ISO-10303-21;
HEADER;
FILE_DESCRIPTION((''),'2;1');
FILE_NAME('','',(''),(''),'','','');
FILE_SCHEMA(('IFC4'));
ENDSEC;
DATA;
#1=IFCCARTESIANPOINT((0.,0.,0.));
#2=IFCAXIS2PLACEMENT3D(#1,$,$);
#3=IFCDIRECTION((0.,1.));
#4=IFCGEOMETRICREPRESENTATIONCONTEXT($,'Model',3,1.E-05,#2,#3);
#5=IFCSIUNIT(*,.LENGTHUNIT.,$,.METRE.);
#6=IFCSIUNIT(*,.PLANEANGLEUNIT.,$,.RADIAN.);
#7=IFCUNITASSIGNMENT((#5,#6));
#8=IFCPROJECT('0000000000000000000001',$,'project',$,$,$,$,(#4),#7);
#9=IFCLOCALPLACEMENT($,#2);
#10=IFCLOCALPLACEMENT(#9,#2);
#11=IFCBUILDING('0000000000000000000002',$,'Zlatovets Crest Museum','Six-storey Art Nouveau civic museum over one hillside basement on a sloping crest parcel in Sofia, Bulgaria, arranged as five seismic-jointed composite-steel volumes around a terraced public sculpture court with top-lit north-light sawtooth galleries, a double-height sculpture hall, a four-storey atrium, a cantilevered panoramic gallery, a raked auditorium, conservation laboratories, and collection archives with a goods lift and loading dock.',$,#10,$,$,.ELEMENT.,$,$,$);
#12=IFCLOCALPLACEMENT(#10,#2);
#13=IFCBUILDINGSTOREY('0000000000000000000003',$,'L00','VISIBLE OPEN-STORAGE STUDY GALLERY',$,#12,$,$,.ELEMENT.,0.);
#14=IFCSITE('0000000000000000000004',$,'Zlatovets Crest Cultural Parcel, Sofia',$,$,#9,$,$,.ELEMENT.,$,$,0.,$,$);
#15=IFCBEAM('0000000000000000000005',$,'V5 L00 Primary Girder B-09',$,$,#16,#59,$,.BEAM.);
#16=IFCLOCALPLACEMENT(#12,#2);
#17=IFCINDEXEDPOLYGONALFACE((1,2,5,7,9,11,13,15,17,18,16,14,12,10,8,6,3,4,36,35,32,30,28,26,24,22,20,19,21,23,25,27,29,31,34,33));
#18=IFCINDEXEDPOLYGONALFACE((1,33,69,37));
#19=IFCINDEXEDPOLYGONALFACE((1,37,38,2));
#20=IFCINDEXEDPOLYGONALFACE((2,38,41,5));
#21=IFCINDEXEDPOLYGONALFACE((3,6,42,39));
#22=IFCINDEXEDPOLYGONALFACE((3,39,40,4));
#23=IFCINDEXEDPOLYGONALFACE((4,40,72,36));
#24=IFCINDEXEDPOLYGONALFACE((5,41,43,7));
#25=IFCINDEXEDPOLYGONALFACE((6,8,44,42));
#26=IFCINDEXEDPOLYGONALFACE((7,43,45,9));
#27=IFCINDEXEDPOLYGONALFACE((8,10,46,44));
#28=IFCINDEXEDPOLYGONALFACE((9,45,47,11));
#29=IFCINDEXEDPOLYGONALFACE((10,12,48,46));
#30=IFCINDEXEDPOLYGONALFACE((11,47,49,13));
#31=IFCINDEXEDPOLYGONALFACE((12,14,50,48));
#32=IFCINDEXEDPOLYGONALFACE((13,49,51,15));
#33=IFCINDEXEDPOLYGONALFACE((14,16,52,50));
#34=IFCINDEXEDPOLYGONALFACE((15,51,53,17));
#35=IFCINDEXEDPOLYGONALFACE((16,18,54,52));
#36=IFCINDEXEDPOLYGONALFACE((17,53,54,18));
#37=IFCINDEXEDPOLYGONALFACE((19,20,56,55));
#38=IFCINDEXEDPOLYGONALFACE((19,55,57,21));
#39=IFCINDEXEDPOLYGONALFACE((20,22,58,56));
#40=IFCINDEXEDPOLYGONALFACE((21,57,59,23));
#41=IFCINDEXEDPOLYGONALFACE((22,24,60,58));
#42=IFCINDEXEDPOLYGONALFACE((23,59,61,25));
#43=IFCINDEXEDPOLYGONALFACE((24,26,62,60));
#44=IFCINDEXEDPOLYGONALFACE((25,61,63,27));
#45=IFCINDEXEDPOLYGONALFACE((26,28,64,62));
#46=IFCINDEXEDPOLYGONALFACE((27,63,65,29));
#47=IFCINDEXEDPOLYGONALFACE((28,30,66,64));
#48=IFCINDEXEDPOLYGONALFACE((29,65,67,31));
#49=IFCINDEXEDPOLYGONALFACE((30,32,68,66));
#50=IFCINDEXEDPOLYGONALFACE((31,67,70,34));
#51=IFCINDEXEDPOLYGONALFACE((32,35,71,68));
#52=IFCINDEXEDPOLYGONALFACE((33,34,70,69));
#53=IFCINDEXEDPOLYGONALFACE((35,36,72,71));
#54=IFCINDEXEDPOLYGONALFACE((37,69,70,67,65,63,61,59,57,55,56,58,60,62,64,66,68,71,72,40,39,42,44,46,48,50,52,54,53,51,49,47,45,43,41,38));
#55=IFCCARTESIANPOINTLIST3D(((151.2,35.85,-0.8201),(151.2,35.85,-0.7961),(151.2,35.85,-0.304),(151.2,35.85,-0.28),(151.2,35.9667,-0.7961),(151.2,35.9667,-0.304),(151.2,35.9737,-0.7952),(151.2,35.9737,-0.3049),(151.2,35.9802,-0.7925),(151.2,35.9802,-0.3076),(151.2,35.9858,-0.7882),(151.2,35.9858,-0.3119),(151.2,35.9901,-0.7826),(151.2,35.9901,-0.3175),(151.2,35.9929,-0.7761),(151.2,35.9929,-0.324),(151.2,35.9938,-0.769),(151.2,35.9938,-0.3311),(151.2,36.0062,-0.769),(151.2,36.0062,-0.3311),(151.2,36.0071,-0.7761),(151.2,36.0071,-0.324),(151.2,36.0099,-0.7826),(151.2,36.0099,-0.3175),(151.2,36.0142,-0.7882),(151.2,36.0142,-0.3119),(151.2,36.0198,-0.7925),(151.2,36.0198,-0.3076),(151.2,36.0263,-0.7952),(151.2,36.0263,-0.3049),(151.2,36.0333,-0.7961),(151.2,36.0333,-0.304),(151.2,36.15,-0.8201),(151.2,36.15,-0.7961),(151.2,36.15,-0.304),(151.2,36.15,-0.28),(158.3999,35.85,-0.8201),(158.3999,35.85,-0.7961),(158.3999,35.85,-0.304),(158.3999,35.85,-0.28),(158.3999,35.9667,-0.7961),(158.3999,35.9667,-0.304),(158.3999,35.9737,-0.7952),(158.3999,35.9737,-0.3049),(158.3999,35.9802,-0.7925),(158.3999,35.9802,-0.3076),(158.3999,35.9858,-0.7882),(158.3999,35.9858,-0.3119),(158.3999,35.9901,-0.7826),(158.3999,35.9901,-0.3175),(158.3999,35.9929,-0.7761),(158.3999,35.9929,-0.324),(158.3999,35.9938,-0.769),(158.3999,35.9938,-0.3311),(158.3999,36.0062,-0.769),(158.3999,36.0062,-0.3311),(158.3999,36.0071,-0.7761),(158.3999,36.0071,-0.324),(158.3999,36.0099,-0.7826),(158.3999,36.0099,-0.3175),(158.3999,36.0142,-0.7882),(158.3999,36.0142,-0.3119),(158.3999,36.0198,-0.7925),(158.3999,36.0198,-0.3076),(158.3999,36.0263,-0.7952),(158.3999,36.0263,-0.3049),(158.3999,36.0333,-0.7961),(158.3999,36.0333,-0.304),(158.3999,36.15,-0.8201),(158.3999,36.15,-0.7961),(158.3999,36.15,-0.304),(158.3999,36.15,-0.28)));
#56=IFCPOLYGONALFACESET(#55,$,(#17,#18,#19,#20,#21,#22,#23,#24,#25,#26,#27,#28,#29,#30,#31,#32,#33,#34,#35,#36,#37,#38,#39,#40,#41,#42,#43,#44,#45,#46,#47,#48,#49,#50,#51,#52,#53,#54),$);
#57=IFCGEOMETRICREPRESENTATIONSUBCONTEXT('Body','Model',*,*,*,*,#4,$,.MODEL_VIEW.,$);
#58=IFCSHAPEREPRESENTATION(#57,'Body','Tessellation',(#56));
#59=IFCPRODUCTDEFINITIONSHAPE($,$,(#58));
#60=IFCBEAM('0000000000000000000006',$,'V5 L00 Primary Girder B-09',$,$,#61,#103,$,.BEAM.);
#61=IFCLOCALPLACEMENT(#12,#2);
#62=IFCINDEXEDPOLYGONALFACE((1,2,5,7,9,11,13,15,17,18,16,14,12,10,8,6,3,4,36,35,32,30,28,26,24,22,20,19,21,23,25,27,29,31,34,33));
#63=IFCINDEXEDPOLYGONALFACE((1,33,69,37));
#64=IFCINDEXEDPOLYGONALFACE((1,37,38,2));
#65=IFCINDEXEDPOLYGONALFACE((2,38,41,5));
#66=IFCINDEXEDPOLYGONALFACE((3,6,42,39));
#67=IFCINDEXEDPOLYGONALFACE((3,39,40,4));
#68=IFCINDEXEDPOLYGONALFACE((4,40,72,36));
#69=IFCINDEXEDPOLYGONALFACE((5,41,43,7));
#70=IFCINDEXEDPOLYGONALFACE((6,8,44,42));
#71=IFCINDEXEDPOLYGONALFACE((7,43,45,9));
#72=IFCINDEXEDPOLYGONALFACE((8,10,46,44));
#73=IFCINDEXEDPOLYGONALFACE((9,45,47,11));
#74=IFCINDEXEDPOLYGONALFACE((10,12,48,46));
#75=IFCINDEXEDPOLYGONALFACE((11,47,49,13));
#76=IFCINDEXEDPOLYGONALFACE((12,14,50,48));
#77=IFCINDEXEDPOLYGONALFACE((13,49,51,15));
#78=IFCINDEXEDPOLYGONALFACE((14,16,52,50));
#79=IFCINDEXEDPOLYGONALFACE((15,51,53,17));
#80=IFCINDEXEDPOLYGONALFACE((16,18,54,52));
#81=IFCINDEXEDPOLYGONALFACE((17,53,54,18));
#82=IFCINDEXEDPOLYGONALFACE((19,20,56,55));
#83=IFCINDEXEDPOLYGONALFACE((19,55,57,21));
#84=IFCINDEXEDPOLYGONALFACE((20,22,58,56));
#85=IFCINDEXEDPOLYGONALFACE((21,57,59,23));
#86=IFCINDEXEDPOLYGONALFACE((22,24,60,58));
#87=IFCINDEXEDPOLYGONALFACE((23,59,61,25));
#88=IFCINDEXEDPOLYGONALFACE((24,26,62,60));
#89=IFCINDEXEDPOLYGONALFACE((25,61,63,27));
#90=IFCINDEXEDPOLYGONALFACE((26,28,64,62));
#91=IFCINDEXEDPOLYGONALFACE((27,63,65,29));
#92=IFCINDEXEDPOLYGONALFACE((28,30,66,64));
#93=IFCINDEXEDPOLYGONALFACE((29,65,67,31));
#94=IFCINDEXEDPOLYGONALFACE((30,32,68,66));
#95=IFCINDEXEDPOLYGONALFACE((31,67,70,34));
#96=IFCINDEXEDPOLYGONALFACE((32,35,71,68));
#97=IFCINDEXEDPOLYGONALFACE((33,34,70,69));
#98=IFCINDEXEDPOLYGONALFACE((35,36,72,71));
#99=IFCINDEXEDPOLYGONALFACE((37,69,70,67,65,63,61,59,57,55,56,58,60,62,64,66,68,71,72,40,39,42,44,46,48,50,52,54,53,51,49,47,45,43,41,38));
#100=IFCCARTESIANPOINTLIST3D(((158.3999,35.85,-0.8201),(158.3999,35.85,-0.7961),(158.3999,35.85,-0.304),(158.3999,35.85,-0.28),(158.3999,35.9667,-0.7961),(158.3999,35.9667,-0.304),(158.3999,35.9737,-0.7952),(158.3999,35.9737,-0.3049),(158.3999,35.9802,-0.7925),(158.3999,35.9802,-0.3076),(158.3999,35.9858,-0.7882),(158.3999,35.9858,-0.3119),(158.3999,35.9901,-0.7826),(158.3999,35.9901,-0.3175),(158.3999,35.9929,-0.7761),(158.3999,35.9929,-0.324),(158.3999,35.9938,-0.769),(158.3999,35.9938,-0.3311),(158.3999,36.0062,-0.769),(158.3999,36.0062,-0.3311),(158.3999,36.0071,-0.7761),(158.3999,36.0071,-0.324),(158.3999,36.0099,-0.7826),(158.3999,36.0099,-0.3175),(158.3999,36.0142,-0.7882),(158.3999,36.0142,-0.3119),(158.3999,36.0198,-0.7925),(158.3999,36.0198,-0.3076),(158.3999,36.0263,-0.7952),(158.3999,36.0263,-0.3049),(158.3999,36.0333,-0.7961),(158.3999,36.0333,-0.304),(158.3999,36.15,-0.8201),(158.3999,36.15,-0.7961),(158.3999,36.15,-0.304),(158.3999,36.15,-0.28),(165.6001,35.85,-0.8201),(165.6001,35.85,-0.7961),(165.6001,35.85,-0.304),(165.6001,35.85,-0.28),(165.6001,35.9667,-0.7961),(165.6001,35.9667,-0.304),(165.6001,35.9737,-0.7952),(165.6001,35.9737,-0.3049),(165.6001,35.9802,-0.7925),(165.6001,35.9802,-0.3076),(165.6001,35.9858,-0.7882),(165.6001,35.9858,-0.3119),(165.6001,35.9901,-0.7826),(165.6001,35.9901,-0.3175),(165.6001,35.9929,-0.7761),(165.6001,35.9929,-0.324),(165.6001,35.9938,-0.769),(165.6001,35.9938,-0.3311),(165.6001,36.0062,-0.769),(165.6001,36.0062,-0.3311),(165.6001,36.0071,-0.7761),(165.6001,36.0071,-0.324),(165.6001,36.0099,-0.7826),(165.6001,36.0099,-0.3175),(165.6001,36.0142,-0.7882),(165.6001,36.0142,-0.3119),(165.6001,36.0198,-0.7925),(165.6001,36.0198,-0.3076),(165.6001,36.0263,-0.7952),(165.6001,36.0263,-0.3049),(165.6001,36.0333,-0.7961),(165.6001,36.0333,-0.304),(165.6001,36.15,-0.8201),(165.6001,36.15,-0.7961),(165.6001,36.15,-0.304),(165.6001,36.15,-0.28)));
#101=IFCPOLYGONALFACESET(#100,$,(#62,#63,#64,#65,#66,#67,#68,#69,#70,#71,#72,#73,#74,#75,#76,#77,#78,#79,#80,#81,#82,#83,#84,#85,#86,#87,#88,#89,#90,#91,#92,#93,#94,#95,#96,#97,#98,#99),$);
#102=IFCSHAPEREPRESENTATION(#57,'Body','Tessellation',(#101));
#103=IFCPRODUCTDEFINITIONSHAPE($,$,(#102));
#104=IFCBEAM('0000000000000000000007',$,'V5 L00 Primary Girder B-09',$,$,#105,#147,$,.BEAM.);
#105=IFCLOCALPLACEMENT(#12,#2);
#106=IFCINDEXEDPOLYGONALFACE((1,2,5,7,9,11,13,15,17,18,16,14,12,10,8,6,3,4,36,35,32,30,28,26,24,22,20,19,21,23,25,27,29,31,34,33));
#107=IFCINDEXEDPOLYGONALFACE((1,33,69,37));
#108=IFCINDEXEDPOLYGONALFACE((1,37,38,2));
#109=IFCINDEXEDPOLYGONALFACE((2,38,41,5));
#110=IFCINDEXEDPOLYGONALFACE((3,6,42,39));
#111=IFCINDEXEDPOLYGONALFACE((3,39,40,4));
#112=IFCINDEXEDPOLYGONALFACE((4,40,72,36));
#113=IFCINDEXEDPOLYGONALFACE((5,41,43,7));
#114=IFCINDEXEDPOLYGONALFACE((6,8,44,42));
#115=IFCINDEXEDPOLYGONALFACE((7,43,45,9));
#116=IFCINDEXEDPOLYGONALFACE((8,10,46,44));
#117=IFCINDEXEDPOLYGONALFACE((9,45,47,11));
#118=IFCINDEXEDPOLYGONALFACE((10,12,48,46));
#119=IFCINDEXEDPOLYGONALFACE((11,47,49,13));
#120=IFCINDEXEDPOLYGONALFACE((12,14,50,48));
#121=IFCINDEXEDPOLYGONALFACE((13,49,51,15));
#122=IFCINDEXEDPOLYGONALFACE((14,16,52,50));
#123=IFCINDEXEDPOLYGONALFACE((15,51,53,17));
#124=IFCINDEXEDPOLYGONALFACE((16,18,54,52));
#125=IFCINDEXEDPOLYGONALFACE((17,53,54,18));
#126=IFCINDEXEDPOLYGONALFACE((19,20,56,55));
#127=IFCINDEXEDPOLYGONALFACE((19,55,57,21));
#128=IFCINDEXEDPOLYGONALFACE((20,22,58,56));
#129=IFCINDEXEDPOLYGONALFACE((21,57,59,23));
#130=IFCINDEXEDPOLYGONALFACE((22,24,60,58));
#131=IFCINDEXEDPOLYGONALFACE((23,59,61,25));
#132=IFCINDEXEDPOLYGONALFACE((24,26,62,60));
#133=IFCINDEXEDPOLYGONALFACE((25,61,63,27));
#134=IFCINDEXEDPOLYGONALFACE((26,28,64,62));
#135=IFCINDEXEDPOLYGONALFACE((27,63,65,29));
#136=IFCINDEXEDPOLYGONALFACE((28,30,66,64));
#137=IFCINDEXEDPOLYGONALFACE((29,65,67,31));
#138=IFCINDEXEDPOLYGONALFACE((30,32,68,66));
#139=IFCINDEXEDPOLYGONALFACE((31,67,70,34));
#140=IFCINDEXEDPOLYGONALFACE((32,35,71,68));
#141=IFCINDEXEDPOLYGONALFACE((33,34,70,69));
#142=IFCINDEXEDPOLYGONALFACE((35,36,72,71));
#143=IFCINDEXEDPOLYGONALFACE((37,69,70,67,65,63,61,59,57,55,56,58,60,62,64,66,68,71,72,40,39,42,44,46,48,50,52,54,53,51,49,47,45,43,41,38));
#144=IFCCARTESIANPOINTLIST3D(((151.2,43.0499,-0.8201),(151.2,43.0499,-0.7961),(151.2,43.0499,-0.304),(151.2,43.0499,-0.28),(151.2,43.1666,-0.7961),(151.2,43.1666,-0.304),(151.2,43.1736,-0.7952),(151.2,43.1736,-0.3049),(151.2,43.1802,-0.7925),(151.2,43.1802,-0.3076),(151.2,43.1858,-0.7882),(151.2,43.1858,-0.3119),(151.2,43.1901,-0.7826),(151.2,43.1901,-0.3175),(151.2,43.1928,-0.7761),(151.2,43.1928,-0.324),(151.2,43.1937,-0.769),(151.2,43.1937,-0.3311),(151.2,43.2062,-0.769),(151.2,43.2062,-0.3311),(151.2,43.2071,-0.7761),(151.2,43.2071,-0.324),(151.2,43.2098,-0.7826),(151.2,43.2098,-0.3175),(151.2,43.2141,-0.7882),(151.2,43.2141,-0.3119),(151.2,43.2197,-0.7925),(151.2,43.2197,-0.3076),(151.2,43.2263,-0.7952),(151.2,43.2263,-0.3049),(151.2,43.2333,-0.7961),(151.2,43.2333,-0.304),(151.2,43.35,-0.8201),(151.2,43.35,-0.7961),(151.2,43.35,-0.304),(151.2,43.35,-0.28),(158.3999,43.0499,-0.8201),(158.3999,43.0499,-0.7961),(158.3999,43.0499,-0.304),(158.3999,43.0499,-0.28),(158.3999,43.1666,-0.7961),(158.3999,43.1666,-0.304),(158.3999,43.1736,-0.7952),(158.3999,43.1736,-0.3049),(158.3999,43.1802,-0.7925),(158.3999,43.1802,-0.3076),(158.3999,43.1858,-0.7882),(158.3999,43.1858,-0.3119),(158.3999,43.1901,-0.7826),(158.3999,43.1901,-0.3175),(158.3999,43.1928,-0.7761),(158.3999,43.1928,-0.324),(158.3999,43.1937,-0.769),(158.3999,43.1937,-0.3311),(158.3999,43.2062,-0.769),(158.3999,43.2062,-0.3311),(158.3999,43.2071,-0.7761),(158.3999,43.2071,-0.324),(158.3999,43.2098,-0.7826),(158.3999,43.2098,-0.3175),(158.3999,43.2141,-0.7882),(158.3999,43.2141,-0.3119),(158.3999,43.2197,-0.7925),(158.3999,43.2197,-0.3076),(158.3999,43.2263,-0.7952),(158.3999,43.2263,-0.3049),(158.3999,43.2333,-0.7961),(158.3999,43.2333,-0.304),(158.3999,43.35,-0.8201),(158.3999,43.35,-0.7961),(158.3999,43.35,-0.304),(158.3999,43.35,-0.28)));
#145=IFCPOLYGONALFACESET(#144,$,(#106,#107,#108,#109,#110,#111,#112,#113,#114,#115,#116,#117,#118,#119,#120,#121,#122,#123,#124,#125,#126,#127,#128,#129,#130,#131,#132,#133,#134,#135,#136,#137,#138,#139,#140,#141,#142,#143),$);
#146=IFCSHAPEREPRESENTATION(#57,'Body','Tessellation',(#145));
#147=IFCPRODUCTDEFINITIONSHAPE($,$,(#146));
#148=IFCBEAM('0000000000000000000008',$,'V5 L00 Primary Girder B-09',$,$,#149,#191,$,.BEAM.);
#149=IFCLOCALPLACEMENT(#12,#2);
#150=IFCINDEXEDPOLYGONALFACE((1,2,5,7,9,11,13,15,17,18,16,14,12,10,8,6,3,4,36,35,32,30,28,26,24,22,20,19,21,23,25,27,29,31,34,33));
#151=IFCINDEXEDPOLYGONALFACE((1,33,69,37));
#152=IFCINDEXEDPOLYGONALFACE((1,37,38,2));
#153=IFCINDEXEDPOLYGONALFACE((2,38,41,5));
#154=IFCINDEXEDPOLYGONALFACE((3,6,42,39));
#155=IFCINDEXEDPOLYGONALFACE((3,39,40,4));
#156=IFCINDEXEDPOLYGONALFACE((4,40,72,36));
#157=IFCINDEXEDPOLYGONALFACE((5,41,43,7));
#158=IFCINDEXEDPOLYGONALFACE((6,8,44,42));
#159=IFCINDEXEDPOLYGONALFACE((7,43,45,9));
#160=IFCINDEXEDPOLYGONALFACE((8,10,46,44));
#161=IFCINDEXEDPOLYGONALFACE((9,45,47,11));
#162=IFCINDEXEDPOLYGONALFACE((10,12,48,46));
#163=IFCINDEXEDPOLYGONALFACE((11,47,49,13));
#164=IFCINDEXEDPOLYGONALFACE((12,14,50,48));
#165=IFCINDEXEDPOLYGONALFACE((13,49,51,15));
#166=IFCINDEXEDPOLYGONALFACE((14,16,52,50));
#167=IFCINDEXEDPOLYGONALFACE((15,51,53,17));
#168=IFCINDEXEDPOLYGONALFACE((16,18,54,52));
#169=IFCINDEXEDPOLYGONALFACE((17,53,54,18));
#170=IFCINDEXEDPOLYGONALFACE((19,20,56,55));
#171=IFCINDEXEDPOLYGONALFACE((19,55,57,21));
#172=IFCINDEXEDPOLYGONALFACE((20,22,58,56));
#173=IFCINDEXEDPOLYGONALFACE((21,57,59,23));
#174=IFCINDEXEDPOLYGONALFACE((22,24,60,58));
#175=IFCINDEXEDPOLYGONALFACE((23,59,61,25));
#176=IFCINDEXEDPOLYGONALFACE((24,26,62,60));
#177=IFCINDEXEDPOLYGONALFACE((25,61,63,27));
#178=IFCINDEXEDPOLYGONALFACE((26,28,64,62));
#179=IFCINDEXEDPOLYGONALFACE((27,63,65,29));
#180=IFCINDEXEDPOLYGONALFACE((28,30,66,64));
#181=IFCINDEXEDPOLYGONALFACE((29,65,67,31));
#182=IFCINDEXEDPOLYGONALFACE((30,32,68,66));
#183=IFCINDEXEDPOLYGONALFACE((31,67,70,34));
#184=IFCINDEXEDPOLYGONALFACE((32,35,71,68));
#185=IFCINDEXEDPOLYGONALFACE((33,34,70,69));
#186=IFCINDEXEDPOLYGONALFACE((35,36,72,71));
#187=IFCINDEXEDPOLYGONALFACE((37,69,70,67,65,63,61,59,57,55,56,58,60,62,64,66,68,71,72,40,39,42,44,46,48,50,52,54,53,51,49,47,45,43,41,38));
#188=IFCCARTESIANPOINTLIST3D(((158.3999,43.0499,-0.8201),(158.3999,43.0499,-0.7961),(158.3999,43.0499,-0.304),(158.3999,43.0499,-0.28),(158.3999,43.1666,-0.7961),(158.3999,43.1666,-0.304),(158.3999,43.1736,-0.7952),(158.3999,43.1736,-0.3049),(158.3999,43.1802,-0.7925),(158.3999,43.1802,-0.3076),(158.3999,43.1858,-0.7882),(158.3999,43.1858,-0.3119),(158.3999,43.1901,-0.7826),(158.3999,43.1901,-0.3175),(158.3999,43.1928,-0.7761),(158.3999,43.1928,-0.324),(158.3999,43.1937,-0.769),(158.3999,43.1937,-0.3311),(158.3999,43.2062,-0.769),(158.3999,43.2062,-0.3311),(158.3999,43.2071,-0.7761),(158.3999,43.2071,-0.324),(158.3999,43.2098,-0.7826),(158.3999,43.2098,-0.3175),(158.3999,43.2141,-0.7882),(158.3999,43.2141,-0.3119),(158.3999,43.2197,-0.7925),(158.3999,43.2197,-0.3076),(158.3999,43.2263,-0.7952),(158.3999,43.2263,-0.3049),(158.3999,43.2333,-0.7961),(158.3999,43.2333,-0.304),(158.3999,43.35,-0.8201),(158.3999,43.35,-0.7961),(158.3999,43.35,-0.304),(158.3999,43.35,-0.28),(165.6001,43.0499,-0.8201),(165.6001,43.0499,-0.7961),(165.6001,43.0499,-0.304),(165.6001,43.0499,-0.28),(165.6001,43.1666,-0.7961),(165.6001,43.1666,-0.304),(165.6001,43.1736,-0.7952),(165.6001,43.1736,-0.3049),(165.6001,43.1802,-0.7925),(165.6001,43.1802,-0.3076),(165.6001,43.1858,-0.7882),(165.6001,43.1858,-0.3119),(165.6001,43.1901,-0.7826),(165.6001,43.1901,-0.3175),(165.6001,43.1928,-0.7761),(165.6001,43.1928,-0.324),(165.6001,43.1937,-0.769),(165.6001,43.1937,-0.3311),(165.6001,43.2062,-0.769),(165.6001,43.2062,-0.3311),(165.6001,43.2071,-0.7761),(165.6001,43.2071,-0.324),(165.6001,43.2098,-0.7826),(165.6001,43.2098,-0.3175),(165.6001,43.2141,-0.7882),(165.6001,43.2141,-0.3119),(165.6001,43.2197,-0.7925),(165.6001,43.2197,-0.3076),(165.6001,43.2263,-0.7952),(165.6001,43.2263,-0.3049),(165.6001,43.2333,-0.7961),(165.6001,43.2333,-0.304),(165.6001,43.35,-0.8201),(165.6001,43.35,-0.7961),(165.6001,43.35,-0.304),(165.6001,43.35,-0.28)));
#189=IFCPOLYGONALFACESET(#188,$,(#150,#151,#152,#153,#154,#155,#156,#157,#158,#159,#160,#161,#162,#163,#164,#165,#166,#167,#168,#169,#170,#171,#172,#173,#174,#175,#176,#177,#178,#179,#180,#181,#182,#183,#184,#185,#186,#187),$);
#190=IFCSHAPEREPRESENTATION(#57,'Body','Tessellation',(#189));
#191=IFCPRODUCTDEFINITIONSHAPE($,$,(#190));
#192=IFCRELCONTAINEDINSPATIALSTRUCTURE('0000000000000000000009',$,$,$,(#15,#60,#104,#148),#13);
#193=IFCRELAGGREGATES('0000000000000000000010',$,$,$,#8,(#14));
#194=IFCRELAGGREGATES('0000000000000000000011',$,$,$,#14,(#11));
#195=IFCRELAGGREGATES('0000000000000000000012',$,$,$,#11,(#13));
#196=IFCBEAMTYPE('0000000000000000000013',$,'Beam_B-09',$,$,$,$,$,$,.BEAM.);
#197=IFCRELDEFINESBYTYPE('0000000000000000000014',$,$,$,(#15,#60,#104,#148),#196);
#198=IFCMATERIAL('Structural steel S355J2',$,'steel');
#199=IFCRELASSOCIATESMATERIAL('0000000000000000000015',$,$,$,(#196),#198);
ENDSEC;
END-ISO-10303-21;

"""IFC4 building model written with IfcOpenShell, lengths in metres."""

from ifc_helpers import new_model, si_unit, direction, frame, origin, origin_2d, place, context, subcontext, project, spatial, i_section, extrude, material, material_profile, profile_set, type_object, element, save


model = new_model("IFC4")

# Units and contexts
model_context = context("Model", 3, precision=1e-05, world=origin(), true_north=direction((0.0, 1.0)))
body_context = subcontext(model_context, "Body", "Model", "MODEL_VIEW")
ifc_project = project(units=[si_unit("LENGTHUNIT", "METRE"), si_unit("PLANEANGLEUNIT", "RADIAN")], contexts=[model_context])

# Site, building, storey
site_placement = place(None, origin())
site = spatial("IfcSite", under=ifc_project, at=site_placement, Name="Zlatovets Crest Cultural Parcel, Sofia", CompositionType="ELEMENT", RefElevation=0.0)
building_placement = place(site_placement, origin())
building = spatial("IfcBuilding", under=site, at=building_placement, Name="Zlatovets Crest Museum", Description="Six-storey Art Nouveau civic museum over one hillside basement on a sloping crest parcel in Sofia, Bulgaria, arranged as five seismic-jointed composite-steel volumes around a terraced public sculpture court with top-lit north-light sawtooth galleries, a double-height sculpture hall, a four-storey atrium, a cantilevered panoramic gallery, a raked auditorium, conservation laboratories, and collection archives with a goods lift and loading dock.", CompositionType="ELEMENT")
storey_placement = place(building_placement, origin())
storey = spatial("IfcBuildingStorey", under=building, at=storey_placement, Name="L00", Description="VISIBLE OPEN-STORAGE STUDY GALLERY", CompositionType="ELEMENT", Elevation=0.0)

# Shared definitions
ifc_material_1 = material(Name="Structural steel S355J2", Category="steel")

# Beams
ifc_material_profile_1 = material_profile(ifc_material_1, i_section(OverallWidth=0.3, OverallDepth=0.54, WebThickness=0.0125, FlangeThickness=0.0239, FilletRadius=0.0271, at=origin_2d()), Name="HEA 550")
ifc_profile_set_1 = profile_set([ifc_material_profile_1], Name="Structural steel S355J2")
beam_type_1 = type_object("IfcBeamType", Name="Beam_B-09", PredefinedType="BEAM", material=ifc_profile_set_1)
beam_1_placement = place(storey_placement, frame((151.2, 36.0, -0.55), z_axis=(1.0, 0.0, 0.0), x_axis=(0.0, 1.0, 0.0)))
element("IfcBeam", 1, at=beam_1_placement, inside=storey, type_object=beam_type_1, Name="V5 L00 Primary Girder B-09", PredefinedType="BEAM", context=body_context, shape_type="SweptSolid", body=[
    extrude(i_section(OverallWidth=0.3, OverallDepth=0.54, WebThickness=0.0125, FlangeThickness=0.0239, FilletRadius=0.0271, at=origin_2d()), origin(), (0.0, 0.0, 1.0), 7.2),
])
beam_2_placement = place(storey_placement, frame((158.3999, 36.0, -0.55), z_axis=(1.0, 0.0, 0.0), x_axis=(0.0, 1.0, 0.0)))
element("IfcBeam", 2, at=beam_2_placement, inside=storey, type_object=beam_type_1, Name="V5 L00 Primary Girder B-09", PredefinedType="BEAM", context=body_context, shape_type="SweptSolid", body=[
    extrude(i_section(OverallWidth=0.3, OverallDepth=0.54, WebThickness=0.0125, FlangeThickness=0.0239, FilletRadius=0.0271, at=origin_2d()), origin(), (0.0, 0.0, 1.0), 7.2002),
])
beam_3_placement = place(storey_placement, frame((151.2, 43.2, -0.55), z_axis=(1.0, 0.0, 0.0), x_axis=(0.0, 1.0, 0.0)))
element("IfcBeam", 3, at=beam_3_placement, inside=storey, type_object=beam_type_1, Name="V5 L00 Primary Girder B-09", PredefinedType="BEAM", context=body_context, shape_type="SweptSolid", body=[
    extrude(i_section(OverallWidth=0.3, OverallDepth=0.54, WebThickness=0.0125, FlangeThickness=0.0239, FilletRadius=0.0271, at=origin_2d()), origin(), (0.0, 0.0, 1.0), 7.2),
])
beam_4_placement = place(storey_placement, frame((158.3999, 43.2, -0.55), z_axis=(1.0, 0.0, 0.0), x_axis=(0.0, 1.0, 0.0)))
element("IfcBeam", 4, at=beam_4_placement, inside=storey, type_object=beam_type_1, Name="V5 L00 Primary Girder B-09", PredefinedType="BEAM", context=body_context, shape_type="SweptSolid", body=[
    extrude(i_section(OverallWidth=0.3, OverallDepth=0.54, WebThickness=0.0125, FlangeThickness=0.0239, FilletRadius=0.0271, at=origin_2d()), origin(), (0.0, 0.0, 1.0), 7.2002),
])

save(model, "model.ifc")
